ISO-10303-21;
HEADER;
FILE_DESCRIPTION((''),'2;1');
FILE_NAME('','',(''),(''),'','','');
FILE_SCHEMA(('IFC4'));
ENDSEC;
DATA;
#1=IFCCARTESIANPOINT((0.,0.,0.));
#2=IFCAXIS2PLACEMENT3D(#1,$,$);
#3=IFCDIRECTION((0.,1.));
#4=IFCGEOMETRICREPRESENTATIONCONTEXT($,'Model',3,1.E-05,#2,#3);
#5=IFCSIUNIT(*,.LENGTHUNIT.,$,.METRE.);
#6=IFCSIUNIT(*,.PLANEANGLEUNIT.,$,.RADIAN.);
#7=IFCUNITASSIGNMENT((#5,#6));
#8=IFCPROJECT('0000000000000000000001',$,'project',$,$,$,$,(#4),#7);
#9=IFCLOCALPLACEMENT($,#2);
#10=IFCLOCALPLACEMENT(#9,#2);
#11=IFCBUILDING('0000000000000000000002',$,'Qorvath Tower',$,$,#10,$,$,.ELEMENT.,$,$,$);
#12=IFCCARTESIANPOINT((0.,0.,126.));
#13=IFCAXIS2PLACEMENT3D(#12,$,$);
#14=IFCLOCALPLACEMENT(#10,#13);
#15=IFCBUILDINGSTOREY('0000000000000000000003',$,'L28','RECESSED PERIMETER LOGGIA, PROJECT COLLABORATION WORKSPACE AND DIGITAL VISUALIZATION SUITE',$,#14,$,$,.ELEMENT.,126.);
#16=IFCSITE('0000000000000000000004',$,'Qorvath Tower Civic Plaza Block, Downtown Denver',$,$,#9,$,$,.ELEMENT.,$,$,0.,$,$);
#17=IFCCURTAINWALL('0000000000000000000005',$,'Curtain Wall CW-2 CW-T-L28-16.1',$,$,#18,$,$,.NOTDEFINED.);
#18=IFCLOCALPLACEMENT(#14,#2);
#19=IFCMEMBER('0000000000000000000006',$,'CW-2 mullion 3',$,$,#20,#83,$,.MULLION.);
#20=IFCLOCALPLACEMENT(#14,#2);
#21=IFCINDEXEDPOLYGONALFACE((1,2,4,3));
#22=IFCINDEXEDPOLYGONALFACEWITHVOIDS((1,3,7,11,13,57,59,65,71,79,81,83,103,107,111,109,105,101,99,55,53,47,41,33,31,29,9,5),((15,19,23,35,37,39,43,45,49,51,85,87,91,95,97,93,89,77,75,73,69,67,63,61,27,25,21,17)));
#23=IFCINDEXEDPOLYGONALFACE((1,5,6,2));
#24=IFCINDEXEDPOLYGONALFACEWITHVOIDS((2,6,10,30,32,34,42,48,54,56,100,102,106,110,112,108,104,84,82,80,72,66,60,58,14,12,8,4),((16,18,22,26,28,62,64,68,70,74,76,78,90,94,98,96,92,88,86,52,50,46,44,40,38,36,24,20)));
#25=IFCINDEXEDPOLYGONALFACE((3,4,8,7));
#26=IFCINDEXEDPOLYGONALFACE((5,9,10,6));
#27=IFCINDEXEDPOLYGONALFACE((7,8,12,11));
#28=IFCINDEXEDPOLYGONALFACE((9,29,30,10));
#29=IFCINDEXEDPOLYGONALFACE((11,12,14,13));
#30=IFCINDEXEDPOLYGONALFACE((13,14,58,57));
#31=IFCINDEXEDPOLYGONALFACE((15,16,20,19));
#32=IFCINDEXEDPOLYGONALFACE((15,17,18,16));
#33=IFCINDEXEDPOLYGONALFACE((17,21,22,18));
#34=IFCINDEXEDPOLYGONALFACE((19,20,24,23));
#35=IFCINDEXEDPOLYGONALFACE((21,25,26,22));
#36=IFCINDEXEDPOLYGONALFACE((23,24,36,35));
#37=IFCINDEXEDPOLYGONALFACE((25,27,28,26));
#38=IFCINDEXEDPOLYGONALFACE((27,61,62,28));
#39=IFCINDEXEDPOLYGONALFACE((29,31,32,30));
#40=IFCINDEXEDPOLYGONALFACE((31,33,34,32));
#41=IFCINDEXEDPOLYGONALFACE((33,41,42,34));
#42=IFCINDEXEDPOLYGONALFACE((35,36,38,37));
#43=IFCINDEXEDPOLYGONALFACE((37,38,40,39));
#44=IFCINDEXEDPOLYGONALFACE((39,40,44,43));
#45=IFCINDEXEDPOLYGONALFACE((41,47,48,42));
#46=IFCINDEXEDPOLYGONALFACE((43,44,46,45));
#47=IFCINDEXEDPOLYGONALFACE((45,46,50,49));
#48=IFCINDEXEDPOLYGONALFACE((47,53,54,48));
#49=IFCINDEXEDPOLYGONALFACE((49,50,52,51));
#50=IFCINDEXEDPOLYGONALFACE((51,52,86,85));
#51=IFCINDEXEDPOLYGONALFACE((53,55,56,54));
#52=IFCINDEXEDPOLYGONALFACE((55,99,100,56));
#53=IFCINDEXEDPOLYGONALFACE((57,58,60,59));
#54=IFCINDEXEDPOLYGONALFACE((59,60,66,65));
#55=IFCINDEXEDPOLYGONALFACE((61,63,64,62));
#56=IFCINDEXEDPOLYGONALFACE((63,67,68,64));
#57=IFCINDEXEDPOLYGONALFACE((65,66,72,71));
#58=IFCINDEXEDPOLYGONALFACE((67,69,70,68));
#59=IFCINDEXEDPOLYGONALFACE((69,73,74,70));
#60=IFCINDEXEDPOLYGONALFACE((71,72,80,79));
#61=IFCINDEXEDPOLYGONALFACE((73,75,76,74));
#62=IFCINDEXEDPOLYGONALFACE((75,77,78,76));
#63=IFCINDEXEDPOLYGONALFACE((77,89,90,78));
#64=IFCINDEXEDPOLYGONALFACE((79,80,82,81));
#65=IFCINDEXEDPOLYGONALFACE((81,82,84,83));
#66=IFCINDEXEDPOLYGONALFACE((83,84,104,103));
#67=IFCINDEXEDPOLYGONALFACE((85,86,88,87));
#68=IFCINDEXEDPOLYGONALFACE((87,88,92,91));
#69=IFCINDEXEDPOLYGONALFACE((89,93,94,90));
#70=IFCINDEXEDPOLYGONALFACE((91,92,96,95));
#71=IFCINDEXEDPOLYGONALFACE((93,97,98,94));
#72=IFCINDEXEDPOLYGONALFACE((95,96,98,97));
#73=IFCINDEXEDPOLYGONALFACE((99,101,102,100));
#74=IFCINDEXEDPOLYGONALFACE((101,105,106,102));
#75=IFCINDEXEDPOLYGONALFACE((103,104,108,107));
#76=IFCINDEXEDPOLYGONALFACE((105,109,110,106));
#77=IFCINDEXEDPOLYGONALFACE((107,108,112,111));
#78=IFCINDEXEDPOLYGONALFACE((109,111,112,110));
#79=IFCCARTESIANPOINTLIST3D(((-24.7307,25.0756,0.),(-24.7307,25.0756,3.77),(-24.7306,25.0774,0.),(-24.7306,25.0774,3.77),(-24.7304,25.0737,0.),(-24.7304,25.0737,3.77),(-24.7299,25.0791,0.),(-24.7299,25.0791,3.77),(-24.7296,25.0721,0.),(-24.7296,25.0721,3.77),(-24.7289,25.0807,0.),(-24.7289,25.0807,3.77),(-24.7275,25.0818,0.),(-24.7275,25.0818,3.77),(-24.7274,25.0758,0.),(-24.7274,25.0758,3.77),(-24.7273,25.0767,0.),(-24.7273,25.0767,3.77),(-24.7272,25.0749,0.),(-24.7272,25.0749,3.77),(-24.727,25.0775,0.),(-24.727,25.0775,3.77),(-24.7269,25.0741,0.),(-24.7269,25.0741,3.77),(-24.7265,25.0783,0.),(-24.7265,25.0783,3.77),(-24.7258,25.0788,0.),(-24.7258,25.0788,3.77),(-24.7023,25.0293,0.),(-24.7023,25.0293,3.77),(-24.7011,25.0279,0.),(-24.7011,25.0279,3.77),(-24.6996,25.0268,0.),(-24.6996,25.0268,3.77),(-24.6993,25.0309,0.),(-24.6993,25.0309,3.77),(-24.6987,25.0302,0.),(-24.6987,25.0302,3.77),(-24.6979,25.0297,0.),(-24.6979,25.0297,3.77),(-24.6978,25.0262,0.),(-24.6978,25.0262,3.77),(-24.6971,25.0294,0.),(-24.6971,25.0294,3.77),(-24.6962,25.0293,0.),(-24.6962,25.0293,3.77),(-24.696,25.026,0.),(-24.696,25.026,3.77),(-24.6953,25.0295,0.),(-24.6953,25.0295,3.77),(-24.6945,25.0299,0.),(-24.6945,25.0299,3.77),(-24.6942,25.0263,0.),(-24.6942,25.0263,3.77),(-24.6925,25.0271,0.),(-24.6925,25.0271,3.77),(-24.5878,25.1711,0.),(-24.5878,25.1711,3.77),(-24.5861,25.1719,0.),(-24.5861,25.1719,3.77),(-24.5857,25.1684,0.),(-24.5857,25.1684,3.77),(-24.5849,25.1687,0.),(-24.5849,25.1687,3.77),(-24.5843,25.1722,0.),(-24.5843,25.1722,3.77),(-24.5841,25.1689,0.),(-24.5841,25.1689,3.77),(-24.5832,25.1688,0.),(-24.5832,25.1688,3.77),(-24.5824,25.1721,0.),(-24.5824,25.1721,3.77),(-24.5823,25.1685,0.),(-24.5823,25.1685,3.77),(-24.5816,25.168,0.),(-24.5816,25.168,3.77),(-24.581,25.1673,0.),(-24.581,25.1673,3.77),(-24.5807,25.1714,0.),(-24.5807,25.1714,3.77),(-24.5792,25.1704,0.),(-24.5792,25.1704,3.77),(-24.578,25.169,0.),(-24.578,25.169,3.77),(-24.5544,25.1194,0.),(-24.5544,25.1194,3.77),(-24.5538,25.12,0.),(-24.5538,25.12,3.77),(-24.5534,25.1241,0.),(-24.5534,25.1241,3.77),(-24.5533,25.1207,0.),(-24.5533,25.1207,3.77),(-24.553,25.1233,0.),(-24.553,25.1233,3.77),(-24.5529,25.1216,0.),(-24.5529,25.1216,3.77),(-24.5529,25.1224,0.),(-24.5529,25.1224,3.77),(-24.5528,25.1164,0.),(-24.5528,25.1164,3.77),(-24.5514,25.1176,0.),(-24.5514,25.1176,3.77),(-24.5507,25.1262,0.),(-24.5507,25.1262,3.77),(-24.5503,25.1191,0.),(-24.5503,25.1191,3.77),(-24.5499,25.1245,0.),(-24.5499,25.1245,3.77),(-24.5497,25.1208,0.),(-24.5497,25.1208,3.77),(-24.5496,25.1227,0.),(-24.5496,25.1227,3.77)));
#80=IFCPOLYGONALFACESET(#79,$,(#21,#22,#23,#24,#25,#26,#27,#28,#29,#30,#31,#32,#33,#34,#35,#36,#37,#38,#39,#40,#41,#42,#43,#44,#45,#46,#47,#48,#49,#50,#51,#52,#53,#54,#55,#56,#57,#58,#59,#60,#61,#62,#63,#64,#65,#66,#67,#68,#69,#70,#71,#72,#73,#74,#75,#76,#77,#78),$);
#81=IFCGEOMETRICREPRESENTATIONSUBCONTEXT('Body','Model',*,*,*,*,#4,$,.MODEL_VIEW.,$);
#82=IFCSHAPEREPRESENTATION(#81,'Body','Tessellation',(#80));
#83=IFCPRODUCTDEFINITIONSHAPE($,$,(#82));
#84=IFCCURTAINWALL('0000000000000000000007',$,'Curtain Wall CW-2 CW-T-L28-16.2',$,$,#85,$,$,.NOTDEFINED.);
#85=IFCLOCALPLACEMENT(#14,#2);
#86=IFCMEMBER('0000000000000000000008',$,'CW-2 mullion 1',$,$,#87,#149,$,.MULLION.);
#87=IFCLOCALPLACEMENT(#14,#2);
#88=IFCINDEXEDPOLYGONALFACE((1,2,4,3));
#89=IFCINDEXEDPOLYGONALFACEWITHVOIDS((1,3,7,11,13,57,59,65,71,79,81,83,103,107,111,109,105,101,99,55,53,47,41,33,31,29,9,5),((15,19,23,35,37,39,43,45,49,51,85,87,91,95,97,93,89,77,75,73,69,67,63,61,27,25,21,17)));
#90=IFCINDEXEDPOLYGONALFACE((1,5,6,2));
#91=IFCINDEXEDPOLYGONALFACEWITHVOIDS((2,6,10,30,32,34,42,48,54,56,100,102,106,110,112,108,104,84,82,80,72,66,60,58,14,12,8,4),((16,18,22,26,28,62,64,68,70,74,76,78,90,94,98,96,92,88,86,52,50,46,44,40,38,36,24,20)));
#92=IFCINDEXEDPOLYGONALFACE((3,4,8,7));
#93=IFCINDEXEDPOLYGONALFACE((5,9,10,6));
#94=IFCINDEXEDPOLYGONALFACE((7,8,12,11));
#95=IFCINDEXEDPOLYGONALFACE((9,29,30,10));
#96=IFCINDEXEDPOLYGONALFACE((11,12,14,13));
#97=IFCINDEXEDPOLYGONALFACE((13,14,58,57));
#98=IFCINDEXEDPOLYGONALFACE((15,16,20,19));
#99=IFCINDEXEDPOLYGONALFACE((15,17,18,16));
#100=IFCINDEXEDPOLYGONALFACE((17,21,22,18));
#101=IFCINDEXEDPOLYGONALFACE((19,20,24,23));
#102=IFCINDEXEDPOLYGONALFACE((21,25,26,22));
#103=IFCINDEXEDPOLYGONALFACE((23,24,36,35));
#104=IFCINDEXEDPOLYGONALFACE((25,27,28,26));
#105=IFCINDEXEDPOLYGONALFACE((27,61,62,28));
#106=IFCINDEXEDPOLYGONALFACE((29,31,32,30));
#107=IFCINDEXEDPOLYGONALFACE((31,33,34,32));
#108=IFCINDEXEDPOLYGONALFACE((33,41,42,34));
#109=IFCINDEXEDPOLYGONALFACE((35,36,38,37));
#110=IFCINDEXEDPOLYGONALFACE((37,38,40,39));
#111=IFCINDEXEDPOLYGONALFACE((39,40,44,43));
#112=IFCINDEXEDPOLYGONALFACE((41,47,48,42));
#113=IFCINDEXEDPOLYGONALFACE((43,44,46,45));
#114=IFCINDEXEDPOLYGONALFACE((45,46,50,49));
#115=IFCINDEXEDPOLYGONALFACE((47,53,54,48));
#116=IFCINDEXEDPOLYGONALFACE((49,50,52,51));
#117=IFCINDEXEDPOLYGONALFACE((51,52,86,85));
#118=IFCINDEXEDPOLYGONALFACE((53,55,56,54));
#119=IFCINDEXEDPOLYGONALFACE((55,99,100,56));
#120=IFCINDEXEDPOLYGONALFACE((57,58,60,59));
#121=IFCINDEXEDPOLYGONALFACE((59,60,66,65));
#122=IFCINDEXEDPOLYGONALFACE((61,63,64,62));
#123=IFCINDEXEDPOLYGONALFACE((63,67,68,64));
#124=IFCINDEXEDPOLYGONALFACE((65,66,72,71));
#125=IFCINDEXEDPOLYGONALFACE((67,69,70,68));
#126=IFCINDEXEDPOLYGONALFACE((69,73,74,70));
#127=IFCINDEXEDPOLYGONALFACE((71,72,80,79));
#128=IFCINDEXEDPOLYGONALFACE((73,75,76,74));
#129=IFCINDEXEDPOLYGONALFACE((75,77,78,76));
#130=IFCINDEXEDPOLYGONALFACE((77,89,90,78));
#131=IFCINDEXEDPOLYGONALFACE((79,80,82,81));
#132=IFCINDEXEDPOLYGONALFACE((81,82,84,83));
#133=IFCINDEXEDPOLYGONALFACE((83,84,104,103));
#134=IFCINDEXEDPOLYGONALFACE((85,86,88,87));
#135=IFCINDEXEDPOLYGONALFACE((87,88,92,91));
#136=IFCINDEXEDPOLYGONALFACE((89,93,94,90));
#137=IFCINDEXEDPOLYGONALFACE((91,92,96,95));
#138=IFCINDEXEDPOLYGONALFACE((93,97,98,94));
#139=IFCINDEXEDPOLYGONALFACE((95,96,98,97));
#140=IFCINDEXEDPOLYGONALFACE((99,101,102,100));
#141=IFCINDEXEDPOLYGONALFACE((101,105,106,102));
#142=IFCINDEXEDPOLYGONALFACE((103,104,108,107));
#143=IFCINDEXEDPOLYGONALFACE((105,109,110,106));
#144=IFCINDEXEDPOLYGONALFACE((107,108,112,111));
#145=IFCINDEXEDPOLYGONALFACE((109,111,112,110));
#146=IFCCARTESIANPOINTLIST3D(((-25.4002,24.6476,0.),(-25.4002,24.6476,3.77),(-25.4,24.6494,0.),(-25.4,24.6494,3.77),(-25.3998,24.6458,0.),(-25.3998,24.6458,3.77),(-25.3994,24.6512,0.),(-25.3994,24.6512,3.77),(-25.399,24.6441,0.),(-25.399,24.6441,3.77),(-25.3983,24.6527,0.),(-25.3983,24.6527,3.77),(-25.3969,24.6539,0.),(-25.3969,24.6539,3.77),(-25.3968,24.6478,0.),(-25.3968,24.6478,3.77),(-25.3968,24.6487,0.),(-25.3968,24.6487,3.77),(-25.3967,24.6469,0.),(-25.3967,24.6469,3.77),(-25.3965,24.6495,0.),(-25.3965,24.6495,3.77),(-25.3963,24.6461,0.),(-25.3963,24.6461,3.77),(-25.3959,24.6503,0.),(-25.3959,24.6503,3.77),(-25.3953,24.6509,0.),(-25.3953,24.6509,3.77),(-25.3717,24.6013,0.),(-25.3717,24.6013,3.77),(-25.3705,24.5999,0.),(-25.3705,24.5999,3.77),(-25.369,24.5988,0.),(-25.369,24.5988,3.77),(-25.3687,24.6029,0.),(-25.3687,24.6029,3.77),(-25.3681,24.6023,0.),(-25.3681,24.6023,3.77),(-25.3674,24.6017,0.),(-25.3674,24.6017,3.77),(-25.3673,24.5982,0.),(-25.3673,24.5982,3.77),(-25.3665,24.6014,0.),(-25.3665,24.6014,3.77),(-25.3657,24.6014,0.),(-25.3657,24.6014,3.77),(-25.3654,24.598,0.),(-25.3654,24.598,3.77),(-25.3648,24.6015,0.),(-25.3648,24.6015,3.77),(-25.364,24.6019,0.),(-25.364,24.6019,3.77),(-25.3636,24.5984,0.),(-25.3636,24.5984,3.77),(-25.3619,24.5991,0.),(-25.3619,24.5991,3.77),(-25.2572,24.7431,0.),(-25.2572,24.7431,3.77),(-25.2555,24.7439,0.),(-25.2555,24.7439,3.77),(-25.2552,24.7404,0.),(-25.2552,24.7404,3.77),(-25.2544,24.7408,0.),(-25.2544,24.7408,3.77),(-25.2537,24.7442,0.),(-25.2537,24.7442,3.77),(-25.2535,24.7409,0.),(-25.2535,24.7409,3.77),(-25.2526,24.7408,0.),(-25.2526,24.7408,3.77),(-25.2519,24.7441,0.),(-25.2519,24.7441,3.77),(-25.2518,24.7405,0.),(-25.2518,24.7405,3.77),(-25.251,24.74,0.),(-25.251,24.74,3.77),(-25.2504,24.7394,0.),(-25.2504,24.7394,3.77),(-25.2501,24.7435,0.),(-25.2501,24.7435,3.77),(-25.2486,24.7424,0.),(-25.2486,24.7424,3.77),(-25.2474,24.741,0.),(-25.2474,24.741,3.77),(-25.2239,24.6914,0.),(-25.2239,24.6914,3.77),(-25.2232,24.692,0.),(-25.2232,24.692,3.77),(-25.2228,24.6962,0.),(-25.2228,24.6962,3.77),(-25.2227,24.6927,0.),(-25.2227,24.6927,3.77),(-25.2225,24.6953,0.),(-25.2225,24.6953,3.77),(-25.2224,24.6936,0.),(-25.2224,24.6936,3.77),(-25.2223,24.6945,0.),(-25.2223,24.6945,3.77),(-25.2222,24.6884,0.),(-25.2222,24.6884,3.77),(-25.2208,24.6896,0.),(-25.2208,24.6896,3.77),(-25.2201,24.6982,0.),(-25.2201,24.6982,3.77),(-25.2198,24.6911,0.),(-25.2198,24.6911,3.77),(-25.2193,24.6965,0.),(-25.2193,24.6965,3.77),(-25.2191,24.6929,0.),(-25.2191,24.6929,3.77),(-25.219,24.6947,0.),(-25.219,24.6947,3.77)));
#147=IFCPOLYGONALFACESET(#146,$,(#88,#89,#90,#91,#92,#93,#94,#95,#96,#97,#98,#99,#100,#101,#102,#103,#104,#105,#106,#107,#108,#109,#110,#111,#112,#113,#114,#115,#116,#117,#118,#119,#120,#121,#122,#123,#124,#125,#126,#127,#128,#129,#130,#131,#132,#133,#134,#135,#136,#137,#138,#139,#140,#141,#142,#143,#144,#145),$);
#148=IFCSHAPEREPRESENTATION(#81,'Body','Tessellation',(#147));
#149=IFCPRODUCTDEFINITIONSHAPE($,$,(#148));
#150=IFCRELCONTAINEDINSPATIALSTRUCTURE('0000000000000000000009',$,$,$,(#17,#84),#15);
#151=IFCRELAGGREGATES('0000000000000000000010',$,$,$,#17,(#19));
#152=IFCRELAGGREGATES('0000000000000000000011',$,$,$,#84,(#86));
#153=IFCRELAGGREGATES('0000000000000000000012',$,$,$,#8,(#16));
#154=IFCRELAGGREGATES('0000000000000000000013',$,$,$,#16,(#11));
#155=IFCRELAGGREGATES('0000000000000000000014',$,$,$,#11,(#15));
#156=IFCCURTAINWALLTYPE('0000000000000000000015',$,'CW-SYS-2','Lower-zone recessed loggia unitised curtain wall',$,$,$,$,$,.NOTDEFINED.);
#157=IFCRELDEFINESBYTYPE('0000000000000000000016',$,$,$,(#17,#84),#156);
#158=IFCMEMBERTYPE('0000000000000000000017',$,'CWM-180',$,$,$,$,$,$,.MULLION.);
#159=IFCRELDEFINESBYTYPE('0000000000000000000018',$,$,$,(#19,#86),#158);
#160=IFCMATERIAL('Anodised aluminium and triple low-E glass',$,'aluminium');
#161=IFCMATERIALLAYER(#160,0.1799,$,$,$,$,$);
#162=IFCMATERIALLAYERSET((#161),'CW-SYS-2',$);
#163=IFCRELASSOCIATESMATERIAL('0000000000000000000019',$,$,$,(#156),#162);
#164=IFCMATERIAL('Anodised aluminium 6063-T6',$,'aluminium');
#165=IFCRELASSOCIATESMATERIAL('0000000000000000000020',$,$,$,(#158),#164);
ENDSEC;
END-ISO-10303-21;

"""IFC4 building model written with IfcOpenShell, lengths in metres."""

from ifc_helpers import new_model, si_unit, direction, frame, origin, origin_2d, place, context, subcontext, project, spatial, hollow_rectangle, extrude, material, layer, layer_set, material_profile, profile_set, type_object, element, aggregate, save


model = new_model("IFC4")

# Units and contexts
model_context = context("Model", 3, precision=1e-05, world=origin(), true_north=direction((0.0, 1.0)))
body_context = subcontext(model_context, "Body", "Model", "MODEL_VIEW")
ifc_project = project(units=[si_unit("LENGTHUNIT", "METRE"), si_unit("PLANEANGLEUNIT", "RADIAN")], contexts=[model_context])

# Site, building, storey
site_placement = place(None, origin())
site = spatial("IfcSite", under=ifc_project, at=site_placement, Name="Qorvath Tower Civic Plaza Block, Downtown Denver", CompositionType="ELEMENT", RefElevation=0.0)
building_placement = place(site_placement, origin())
building = spatial("IfcBuilding", under=site, at=building_placement, Name="Qorvath Tower", CompositionType="ELEMENT")
storey_placement = place(building_placement, frame((0.0, 0.0, 126.0)))
storey = spatial("IfcBuildingStorey", under=building, at=storey_placement, Name="L28", Description="RECESSED PERIMETER LOGGIA, PROJECT COLLABORATION WORKSPACE AND DIGITAL VISUALIZATION SUITE", CompositionType="ELEMENT", Elevation=126.0)

# Curtain wall, member
ifc_material_1 = material(Name="Anodised aluminium and triple low-E glass", Category="aluminium")
ifc_layer_1 = layer(ifc_material_1, 0.1799)
ifc_layer_set_1 = layer_set([ifc_layer_1], Name="CW-SYS-2")
curtain_wall_type = type_object("IfcCurtainWallType", Name="CW-SYS-2", Description="Lower-zone recessed loggia unitised curtain wall", PredefinedType="NOTDEFINED", material=ifc_layer_set_1)
curtain_wall_1_placement = place(storey_placement, origin())
curtain_wall_1 = element("IfcCurtainWall", 1, at=curtain_wall_1_placement, inside=storey, type_object=curtain_wall_type, Name="Curtain Wall CW-2 CW-T-L28-16.1", PredefinedType="NOTDEFINED")
ifc_material_2 = material(Name="Anodised aluminium 6063-T6", Category="aluminium")
ifc_material_profile_1 = material_profile(ifc_material_2, hollow_rectangle(XDim=0.0649, YDim=0.1799, WallThickness=0.0034, InnerFilletRadius=0.0034, OuterFilletRadius=0.0071, at=origin_2d()), Name="CWM 180x65")
ifc_profile_set_1 = profile_set([ifc_material_profile_1], Name="Anodised aluminium 6063-T6")
member_type_1 = type_object("IfcMemberType", Name="CWM-180", PredefinedType="MULLION", material=ifc_profile_set_1)
member_1_placement = place(storey_placement, frame((-24.6401, 25.0991, 0.0), z_axis=(0.0, 0.0, 1.0), x_axis=(0.538548, -0.842595, 0.0)))
member_1 = element("IfcMember", 2, at=member_1_placement, type_object=member_type_1, Name="CW-2 mullion 3", PredefinedType="MULLION", context=body_context, shape_type="SweptSolid", body=[
    extrude(hollow_rectangle(XDim=0.0649, YDim=0.1799, WallThickness=0.0034, InnerFilletRadius=0.0034, OuterFilletRadius=0.0071, at=origin_2d()), origin(), (0.0, 0.0, 1.0), 3.77),
])

# Curtain wall, member
curtain_wall_2_placement = place(storey_placement, origin())
curtain_wall_2 = element("IfcCurtainWall", 3, at=curtain_wall_2_placement, inside=storey, type_object=curtain_wall_type, Name="Curtain Wall CW-2 CW-T-L28-16.2", PredefinedType="NOTDEFINED")
member_2_placement = place(storey_placement, frame((-25.3096, 24.6711, 0.0), z_axis=(0.0, 0.0, 1.0), x_axis=(0.53853, -0.842607, 0.0)))
member_2 = element("IfcMember", 4, at=member_2_placement, type_object=member_type_1, Name="CW-2 mullion 1", PredefinedType="MULLION", context=body_context, shape_type="SweptSolid", body=[
    extrude(hollow_rectangle(XDim=0.0649, YDim=0.1799, WallThickness=0.0034, InnerFilletRadius=0.0034, OuterFilletRadius=0.0071, at=origin_2d()), origin(), (0.0, 0.0, 1.0), 3.77),
])

aggregate(curtain_wall_1, [member_1])
aggregate(curtain_wall_2, [member_2])

save(model, "model.ifc")
